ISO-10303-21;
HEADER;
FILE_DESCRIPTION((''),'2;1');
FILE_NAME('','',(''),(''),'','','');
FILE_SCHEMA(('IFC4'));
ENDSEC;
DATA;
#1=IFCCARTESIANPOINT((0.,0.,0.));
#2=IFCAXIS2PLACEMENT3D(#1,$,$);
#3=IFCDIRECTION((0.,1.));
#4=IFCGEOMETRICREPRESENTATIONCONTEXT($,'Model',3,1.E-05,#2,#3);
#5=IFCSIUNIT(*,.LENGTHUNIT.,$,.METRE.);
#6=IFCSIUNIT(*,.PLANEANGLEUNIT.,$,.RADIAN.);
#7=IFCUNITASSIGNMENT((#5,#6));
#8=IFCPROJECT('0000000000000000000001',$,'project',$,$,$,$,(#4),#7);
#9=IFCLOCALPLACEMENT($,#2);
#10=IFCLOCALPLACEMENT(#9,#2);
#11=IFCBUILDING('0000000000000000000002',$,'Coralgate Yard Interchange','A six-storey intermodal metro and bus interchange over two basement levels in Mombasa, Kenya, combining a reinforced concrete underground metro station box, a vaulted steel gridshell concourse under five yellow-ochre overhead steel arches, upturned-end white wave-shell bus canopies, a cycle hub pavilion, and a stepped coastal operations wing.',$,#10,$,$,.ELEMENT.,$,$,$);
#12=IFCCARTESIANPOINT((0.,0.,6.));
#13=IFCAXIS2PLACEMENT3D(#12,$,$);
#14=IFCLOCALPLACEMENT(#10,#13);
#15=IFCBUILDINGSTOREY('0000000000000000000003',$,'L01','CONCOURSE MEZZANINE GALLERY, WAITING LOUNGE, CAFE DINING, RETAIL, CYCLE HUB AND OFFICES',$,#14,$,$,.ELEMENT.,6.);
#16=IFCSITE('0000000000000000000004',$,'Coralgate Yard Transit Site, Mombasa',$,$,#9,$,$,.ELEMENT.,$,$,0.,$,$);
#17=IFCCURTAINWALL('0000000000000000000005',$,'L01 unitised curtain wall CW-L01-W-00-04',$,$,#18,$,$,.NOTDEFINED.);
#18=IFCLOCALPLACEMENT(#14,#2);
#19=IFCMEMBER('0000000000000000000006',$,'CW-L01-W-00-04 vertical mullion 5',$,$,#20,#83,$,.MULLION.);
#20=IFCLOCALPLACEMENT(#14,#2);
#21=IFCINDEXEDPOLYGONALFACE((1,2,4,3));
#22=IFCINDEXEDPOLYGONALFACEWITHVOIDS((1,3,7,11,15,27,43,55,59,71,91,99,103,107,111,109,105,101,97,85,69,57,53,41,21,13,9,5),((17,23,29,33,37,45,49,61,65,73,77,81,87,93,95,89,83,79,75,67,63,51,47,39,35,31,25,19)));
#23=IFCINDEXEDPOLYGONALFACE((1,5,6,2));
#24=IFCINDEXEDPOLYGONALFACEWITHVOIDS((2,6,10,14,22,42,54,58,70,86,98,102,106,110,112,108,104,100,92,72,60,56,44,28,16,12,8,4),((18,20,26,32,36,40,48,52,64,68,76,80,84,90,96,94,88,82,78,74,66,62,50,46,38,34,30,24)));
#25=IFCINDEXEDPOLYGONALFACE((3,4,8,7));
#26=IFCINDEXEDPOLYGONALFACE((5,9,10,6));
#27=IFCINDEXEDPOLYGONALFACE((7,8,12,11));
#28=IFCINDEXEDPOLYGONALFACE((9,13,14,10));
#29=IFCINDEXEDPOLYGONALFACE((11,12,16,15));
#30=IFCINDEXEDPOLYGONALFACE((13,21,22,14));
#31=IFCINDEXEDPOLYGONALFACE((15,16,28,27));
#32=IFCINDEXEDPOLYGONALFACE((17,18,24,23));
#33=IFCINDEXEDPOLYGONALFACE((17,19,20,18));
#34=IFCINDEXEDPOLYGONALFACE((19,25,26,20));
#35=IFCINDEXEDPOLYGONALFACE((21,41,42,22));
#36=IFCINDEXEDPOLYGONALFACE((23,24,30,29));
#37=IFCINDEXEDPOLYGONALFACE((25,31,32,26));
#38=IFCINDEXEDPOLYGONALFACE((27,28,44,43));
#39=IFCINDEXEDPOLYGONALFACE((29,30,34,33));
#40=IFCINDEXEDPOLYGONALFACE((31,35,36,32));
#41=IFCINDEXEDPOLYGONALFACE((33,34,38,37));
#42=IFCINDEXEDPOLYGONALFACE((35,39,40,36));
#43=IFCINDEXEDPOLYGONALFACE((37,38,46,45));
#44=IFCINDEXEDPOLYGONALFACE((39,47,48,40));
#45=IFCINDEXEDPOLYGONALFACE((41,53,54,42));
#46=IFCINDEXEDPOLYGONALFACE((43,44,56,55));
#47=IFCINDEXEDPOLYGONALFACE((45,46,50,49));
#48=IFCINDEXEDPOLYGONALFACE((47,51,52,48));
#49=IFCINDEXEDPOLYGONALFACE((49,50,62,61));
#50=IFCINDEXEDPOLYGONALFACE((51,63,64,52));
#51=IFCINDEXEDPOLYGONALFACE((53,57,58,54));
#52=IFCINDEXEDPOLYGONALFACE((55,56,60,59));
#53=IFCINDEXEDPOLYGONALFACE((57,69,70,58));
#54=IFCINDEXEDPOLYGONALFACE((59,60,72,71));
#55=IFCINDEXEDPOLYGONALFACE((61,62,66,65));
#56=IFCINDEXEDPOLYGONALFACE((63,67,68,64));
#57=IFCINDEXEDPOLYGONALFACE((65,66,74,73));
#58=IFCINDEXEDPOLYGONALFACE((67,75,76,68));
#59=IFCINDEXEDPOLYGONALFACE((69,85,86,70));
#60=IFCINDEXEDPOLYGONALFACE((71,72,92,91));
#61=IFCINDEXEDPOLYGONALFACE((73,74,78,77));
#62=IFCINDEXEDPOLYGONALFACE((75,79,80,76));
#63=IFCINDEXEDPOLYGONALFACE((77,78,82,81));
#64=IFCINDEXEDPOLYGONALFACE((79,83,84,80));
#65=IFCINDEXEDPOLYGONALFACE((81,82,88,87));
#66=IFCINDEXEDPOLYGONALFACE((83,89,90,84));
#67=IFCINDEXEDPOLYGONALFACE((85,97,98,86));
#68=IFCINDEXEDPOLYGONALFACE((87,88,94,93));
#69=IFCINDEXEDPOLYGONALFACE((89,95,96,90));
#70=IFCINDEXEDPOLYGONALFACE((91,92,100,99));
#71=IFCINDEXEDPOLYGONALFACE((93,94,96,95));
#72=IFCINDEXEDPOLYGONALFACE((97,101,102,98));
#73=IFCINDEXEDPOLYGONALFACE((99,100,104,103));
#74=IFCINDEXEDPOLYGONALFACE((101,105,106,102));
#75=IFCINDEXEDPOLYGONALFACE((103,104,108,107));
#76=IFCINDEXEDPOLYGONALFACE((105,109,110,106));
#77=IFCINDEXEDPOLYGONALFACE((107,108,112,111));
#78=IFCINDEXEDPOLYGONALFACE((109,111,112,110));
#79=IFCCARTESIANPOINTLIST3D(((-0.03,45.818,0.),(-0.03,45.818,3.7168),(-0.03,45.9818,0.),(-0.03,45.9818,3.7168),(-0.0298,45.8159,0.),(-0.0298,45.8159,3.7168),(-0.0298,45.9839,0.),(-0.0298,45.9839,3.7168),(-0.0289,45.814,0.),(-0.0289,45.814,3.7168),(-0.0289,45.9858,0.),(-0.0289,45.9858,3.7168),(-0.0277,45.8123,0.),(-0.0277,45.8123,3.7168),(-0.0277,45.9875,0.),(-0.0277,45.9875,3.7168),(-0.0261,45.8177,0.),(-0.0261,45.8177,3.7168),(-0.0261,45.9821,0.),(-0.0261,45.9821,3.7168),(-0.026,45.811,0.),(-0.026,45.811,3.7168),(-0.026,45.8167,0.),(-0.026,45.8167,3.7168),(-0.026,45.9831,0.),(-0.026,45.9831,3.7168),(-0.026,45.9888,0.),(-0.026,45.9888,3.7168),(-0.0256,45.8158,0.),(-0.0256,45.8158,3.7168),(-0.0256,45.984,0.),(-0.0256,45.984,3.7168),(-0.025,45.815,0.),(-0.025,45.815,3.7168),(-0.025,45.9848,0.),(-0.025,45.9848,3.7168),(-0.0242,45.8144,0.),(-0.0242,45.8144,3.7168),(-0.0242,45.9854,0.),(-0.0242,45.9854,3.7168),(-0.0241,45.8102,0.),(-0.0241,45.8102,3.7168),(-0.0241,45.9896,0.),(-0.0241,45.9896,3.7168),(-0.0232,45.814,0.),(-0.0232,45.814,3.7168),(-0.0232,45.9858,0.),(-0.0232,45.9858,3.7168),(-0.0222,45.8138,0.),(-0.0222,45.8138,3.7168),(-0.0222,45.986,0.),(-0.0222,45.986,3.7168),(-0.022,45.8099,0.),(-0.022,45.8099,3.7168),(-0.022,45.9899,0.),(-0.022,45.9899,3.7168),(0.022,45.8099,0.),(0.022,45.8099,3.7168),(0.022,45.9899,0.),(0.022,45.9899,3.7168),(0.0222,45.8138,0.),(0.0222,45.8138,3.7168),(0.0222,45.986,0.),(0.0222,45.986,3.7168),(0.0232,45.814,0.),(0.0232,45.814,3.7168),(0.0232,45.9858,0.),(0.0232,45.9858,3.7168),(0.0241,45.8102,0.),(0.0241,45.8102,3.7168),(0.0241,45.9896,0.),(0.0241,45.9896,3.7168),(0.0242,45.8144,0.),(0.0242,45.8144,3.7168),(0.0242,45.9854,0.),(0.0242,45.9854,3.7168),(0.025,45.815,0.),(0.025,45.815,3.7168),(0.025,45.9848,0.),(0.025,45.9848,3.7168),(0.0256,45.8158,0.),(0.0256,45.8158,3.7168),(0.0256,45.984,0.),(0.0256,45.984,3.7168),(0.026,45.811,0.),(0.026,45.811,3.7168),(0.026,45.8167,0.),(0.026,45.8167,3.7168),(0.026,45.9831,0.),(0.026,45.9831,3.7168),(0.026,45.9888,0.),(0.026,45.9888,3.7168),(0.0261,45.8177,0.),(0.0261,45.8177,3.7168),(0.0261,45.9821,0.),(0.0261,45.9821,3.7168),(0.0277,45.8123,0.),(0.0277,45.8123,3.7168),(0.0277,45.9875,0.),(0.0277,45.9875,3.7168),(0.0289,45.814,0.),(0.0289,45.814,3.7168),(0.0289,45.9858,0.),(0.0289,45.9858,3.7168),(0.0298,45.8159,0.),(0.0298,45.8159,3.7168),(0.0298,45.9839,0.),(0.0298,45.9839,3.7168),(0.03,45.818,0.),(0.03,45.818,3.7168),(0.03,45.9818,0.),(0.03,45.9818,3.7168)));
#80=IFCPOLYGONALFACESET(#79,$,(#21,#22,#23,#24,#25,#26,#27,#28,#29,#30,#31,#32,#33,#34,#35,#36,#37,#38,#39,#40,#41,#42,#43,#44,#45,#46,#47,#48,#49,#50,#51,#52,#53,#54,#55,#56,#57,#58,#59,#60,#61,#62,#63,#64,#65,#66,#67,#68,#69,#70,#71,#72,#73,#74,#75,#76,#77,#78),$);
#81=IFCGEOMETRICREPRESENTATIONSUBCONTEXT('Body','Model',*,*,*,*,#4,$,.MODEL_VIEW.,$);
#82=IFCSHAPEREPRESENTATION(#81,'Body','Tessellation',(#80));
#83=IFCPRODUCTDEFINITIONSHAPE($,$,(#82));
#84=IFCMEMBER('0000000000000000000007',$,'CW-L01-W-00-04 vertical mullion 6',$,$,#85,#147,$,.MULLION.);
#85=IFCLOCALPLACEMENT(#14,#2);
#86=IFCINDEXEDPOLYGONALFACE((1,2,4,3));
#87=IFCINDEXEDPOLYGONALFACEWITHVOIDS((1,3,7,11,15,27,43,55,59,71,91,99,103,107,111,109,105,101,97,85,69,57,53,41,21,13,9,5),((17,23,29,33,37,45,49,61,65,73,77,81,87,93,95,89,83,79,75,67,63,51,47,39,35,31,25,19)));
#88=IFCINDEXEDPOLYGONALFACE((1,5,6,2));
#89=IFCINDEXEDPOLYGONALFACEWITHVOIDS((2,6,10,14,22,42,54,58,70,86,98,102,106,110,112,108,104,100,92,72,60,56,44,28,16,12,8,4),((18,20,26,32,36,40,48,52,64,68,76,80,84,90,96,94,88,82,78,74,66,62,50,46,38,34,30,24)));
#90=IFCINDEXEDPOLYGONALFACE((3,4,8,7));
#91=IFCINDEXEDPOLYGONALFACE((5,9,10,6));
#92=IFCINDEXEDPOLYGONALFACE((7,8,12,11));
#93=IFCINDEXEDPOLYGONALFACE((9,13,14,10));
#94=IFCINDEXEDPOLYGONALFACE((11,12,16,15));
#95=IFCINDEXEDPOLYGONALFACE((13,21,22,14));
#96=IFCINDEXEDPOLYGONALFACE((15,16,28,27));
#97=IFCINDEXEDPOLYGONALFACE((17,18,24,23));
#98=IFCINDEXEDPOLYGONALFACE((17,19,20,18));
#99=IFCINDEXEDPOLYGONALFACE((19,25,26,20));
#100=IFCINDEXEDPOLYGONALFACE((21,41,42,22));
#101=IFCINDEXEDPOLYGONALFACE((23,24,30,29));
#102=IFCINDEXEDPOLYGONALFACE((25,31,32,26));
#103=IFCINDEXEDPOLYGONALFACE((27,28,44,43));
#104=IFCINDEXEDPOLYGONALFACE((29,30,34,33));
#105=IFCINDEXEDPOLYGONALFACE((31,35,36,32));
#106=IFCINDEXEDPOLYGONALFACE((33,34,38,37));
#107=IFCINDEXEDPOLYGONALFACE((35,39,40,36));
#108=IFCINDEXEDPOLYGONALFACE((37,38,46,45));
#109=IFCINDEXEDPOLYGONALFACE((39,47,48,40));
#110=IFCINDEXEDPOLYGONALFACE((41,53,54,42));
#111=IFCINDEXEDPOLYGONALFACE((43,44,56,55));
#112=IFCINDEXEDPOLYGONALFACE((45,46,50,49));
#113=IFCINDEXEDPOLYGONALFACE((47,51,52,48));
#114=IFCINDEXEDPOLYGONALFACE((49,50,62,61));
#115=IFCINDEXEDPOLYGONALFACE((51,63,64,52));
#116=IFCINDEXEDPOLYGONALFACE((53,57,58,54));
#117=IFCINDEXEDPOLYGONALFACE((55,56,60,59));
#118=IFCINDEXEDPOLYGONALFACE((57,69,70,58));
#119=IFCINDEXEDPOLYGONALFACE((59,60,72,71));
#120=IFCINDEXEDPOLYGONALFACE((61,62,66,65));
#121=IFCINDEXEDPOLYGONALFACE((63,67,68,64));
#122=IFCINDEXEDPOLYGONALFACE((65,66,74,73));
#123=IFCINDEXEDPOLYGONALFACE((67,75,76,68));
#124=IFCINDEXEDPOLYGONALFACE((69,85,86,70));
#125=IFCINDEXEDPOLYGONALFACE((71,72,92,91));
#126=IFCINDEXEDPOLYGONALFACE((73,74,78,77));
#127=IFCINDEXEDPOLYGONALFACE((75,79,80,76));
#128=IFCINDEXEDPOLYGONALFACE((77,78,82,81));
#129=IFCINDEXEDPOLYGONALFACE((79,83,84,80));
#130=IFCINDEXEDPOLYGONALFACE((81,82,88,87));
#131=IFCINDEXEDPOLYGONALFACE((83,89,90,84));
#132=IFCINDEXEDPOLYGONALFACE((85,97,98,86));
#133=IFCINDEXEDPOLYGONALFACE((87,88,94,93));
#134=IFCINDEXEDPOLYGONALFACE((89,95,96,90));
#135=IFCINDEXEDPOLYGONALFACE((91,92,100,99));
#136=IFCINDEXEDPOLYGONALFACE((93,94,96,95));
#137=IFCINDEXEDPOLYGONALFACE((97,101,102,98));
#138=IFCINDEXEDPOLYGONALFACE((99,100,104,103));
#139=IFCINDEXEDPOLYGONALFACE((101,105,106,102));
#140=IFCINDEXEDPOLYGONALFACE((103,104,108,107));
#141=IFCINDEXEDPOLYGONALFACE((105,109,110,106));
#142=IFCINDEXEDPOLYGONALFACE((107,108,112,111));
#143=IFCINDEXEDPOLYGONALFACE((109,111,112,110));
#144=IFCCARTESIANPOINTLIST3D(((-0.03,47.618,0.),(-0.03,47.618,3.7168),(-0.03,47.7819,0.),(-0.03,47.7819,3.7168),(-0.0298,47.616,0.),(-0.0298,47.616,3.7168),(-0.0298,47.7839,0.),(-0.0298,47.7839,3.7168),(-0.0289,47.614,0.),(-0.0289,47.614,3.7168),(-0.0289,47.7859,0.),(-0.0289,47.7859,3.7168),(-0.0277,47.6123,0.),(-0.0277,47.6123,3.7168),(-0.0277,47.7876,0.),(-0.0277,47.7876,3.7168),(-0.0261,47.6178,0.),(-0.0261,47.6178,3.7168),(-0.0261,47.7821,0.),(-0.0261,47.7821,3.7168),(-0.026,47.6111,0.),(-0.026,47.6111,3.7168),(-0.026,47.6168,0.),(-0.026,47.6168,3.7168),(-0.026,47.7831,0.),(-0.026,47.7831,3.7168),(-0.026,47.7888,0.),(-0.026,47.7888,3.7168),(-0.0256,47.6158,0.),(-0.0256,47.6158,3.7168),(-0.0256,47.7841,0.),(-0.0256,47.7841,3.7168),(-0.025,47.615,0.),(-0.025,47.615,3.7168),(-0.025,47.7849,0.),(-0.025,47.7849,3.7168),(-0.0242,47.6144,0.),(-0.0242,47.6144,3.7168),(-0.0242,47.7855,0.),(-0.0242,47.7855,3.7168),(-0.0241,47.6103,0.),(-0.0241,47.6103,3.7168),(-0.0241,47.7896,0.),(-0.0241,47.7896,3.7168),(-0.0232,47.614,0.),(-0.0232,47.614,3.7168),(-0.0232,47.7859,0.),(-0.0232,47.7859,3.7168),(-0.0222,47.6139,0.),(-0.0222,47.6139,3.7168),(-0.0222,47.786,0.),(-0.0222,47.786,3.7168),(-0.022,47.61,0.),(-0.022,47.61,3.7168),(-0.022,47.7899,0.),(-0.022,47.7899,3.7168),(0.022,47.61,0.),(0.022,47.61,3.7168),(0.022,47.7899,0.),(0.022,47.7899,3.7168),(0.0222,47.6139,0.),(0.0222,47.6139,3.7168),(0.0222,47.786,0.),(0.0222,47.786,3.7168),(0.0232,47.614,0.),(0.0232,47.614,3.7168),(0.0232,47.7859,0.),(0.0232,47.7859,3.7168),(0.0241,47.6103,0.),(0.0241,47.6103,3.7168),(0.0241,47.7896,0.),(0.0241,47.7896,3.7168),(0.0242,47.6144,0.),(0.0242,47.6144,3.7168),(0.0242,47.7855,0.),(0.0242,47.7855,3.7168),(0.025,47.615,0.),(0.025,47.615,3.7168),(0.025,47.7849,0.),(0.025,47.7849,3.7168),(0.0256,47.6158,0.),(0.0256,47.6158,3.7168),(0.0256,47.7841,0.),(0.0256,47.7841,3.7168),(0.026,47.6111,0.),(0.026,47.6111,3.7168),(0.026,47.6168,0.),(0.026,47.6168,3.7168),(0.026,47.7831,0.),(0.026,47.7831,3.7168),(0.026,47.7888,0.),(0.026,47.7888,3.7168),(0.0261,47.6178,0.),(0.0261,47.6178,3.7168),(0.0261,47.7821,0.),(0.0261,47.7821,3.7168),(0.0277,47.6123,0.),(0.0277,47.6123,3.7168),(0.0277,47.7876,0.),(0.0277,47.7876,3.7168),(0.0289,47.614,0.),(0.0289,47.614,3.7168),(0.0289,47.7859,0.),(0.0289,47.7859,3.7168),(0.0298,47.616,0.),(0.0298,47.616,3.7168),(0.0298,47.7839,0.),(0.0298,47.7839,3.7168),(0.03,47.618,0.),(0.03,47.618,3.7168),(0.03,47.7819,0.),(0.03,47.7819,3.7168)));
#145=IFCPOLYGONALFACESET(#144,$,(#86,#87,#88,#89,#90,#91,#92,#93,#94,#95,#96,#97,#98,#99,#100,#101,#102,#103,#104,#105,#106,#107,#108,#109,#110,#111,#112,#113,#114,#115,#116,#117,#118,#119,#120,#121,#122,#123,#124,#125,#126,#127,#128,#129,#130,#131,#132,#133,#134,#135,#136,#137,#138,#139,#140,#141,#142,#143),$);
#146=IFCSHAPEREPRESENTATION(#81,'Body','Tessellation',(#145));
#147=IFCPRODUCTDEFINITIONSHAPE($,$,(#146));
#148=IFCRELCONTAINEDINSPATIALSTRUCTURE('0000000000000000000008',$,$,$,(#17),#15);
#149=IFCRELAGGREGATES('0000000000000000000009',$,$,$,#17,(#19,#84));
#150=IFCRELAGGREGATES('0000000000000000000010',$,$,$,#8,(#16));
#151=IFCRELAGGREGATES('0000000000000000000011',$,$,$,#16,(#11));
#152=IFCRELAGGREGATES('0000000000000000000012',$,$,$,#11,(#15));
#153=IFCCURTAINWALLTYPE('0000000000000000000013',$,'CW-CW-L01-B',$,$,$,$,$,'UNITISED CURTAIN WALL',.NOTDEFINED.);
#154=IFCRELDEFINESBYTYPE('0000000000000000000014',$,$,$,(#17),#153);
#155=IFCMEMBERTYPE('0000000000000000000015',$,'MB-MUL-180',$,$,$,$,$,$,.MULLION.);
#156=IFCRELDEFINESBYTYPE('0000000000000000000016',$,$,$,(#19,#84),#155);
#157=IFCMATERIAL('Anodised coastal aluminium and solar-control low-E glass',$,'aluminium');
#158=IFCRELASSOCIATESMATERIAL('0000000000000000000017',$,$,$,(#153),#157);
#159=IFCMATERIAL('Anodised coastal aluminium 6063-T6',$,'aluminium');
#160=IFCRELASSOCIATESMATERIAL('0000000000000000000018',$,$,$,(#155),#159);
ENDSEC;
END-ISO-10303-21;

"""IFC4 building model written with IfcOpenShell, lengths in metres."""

from ifc_helpers import new_model, si_unit, direction, frame, origin, origin_2d, place, context, subcontext, project, spatial, hollow_rectangle, extrude, material, material_profile, profile_set, type_object, element, aggregate, save


model = new_model("IFC4")

# Units and contexts
model_context = context("Model", 3, precision=1e-05, world=origin(), true_north=direction((0.0, 1.0)))
body_context = subcontext(model_context, "Body", "Model", "MODEL_VIEW")
ifc_project = project(units=[si_unit("LENGTHUNIT", "METRE"), si_unit("PLANEANGLEUNIT", "RADIAN")], contexts=[model_context])

# Site, building, storey
site_placement = place(None, origin())
site = spatial("IfcSite", under=ifc_project, at=site_placement, Name="Coralgate Yard Transit Site, Mombasa", CompositionType="ELEMENT", RefElevation=0.0)
building_placement = place(site_placement, origin())
building = spatial("IfcBuilding", under=site, at=building_placement, Name="Coralgate Yard Interchange", Description="A six-storey intermodal metro and bus interchange over two basement levels in Mombasa, Kenya, combining a reinforced concrete underground metro station box, a vaulted steel gridshell concourse under five yellow-ochre overhead steel arches, upturned-end white wave-shell bus canopies, a cycle hub pavilion, and a stepped coastal operations wing.", CompositionType="ELEMENT")
storey_placement = place(building_placement, frame((0.0, 0.0, 6.0)))
storey = spatial("IfcBuildingStorey", under=building, at=storey_placement, Name="L01", Description="CONCOURSE MEZZANINE GALLERY, WAITING LOUNGE, CAFE DINING, RETAIL, CYCLE HUB AND OFFICES", CompositionType="ELEMENT", Elevation=6.0)

# Curtain wall, members
ifc_material_1 = material(Name="Anodised coastal aluminium and solar-control low-E glass", Category="aluminium")
curtain_wall_type = type_object("IfcCurtainWallType", Name="CW-CW-L01-B", ElementType="UNITISED CURTAIN WALL", PredefinedType="NOTDEFINED", material=ifc_material_1)
curtain_wall_placement = place(storey_placement, origin())
curtain_wall = element("IfcCurtainWall", 1, at=curtain_wall_placement, inside=storey, type_object=curtain_wall_type, Name="L01 unitised curtain wall CW-L01-W-00-04", PredefinedType="NOTDEFINED")
ifc_material_2 = material(Name="Anodised coastal aluminium 6063-T6", Category="aluminium")
ifc_material_profile_1 = material_profile(ifc_material_2, hollow_rectangle(XDim=0.0601, YDim=0.1799, WallThickness=0.0039, InnerFilletRadius=0.0039, OuterFilletRadius=0.0081, at=origin_2d()), Name="ALU 60x180x4")
ifc_profile_set_1 = profile_set([ifc_material_profile_1], Name="Anodised coastal aluminium 6063-T6")
member_type_1 = type_object("IfcMemberType", Name="MB-MUL-180", PredefinedType="MULLION", material=ifc_profile_set_1)
member_1_placement = place(storey_placement, frame((0.0, 45.8999, 0.0), z_axis=(0.0, 0.0, 1.0), x_axis=(1.0, 0.0, 0.0)))
member_1 = element("IfcMember", 2, at=member_1_placement, type_object=member_type_1, Name="CW-L01-W-00-04 vertical mullion 5", PredefinedType="MULLION", context=body_context, shape_type="SweptSolid", body=[
    extrude(hollow_rectangle(XDim=0.0601, YDim=0.1799, WallThickness=0.0039, InnerFilletRadius=0.0039, OuterFilletRadius=0.0081, at=origin_2d()), origin(), (0.0, 0.0, 1.0), 3.7168),
])
member_2_placement = place(storey_placement, frame((0.0, 47.7, 0.0), z_axis=(0.0, 0.0, 1.0), x_axis=(1.0, 0.0, 0.0)))
member_2 = element("IfcMember", 3, at=member_2_placement, type_object=member_type_1, Name="CW-L01-W-00-04 vertical mullion 6", PredefinedType="MULLION", context=body_context, shape_type="SweptSolid", body=[
    extrude(hollow_rectangle(XDim=0.0601, YDim=0.1799, WallThickness=0.0039, InnerFilletRadius=0.0039, OuterFilletRadius=0.0081, at=origin_2d()), origin(), (0.0, 0.0, 1.0), 3.7168),
])
aggregate(curtain_wall, [member_1, member_2])

save(model, "model.ifc")
